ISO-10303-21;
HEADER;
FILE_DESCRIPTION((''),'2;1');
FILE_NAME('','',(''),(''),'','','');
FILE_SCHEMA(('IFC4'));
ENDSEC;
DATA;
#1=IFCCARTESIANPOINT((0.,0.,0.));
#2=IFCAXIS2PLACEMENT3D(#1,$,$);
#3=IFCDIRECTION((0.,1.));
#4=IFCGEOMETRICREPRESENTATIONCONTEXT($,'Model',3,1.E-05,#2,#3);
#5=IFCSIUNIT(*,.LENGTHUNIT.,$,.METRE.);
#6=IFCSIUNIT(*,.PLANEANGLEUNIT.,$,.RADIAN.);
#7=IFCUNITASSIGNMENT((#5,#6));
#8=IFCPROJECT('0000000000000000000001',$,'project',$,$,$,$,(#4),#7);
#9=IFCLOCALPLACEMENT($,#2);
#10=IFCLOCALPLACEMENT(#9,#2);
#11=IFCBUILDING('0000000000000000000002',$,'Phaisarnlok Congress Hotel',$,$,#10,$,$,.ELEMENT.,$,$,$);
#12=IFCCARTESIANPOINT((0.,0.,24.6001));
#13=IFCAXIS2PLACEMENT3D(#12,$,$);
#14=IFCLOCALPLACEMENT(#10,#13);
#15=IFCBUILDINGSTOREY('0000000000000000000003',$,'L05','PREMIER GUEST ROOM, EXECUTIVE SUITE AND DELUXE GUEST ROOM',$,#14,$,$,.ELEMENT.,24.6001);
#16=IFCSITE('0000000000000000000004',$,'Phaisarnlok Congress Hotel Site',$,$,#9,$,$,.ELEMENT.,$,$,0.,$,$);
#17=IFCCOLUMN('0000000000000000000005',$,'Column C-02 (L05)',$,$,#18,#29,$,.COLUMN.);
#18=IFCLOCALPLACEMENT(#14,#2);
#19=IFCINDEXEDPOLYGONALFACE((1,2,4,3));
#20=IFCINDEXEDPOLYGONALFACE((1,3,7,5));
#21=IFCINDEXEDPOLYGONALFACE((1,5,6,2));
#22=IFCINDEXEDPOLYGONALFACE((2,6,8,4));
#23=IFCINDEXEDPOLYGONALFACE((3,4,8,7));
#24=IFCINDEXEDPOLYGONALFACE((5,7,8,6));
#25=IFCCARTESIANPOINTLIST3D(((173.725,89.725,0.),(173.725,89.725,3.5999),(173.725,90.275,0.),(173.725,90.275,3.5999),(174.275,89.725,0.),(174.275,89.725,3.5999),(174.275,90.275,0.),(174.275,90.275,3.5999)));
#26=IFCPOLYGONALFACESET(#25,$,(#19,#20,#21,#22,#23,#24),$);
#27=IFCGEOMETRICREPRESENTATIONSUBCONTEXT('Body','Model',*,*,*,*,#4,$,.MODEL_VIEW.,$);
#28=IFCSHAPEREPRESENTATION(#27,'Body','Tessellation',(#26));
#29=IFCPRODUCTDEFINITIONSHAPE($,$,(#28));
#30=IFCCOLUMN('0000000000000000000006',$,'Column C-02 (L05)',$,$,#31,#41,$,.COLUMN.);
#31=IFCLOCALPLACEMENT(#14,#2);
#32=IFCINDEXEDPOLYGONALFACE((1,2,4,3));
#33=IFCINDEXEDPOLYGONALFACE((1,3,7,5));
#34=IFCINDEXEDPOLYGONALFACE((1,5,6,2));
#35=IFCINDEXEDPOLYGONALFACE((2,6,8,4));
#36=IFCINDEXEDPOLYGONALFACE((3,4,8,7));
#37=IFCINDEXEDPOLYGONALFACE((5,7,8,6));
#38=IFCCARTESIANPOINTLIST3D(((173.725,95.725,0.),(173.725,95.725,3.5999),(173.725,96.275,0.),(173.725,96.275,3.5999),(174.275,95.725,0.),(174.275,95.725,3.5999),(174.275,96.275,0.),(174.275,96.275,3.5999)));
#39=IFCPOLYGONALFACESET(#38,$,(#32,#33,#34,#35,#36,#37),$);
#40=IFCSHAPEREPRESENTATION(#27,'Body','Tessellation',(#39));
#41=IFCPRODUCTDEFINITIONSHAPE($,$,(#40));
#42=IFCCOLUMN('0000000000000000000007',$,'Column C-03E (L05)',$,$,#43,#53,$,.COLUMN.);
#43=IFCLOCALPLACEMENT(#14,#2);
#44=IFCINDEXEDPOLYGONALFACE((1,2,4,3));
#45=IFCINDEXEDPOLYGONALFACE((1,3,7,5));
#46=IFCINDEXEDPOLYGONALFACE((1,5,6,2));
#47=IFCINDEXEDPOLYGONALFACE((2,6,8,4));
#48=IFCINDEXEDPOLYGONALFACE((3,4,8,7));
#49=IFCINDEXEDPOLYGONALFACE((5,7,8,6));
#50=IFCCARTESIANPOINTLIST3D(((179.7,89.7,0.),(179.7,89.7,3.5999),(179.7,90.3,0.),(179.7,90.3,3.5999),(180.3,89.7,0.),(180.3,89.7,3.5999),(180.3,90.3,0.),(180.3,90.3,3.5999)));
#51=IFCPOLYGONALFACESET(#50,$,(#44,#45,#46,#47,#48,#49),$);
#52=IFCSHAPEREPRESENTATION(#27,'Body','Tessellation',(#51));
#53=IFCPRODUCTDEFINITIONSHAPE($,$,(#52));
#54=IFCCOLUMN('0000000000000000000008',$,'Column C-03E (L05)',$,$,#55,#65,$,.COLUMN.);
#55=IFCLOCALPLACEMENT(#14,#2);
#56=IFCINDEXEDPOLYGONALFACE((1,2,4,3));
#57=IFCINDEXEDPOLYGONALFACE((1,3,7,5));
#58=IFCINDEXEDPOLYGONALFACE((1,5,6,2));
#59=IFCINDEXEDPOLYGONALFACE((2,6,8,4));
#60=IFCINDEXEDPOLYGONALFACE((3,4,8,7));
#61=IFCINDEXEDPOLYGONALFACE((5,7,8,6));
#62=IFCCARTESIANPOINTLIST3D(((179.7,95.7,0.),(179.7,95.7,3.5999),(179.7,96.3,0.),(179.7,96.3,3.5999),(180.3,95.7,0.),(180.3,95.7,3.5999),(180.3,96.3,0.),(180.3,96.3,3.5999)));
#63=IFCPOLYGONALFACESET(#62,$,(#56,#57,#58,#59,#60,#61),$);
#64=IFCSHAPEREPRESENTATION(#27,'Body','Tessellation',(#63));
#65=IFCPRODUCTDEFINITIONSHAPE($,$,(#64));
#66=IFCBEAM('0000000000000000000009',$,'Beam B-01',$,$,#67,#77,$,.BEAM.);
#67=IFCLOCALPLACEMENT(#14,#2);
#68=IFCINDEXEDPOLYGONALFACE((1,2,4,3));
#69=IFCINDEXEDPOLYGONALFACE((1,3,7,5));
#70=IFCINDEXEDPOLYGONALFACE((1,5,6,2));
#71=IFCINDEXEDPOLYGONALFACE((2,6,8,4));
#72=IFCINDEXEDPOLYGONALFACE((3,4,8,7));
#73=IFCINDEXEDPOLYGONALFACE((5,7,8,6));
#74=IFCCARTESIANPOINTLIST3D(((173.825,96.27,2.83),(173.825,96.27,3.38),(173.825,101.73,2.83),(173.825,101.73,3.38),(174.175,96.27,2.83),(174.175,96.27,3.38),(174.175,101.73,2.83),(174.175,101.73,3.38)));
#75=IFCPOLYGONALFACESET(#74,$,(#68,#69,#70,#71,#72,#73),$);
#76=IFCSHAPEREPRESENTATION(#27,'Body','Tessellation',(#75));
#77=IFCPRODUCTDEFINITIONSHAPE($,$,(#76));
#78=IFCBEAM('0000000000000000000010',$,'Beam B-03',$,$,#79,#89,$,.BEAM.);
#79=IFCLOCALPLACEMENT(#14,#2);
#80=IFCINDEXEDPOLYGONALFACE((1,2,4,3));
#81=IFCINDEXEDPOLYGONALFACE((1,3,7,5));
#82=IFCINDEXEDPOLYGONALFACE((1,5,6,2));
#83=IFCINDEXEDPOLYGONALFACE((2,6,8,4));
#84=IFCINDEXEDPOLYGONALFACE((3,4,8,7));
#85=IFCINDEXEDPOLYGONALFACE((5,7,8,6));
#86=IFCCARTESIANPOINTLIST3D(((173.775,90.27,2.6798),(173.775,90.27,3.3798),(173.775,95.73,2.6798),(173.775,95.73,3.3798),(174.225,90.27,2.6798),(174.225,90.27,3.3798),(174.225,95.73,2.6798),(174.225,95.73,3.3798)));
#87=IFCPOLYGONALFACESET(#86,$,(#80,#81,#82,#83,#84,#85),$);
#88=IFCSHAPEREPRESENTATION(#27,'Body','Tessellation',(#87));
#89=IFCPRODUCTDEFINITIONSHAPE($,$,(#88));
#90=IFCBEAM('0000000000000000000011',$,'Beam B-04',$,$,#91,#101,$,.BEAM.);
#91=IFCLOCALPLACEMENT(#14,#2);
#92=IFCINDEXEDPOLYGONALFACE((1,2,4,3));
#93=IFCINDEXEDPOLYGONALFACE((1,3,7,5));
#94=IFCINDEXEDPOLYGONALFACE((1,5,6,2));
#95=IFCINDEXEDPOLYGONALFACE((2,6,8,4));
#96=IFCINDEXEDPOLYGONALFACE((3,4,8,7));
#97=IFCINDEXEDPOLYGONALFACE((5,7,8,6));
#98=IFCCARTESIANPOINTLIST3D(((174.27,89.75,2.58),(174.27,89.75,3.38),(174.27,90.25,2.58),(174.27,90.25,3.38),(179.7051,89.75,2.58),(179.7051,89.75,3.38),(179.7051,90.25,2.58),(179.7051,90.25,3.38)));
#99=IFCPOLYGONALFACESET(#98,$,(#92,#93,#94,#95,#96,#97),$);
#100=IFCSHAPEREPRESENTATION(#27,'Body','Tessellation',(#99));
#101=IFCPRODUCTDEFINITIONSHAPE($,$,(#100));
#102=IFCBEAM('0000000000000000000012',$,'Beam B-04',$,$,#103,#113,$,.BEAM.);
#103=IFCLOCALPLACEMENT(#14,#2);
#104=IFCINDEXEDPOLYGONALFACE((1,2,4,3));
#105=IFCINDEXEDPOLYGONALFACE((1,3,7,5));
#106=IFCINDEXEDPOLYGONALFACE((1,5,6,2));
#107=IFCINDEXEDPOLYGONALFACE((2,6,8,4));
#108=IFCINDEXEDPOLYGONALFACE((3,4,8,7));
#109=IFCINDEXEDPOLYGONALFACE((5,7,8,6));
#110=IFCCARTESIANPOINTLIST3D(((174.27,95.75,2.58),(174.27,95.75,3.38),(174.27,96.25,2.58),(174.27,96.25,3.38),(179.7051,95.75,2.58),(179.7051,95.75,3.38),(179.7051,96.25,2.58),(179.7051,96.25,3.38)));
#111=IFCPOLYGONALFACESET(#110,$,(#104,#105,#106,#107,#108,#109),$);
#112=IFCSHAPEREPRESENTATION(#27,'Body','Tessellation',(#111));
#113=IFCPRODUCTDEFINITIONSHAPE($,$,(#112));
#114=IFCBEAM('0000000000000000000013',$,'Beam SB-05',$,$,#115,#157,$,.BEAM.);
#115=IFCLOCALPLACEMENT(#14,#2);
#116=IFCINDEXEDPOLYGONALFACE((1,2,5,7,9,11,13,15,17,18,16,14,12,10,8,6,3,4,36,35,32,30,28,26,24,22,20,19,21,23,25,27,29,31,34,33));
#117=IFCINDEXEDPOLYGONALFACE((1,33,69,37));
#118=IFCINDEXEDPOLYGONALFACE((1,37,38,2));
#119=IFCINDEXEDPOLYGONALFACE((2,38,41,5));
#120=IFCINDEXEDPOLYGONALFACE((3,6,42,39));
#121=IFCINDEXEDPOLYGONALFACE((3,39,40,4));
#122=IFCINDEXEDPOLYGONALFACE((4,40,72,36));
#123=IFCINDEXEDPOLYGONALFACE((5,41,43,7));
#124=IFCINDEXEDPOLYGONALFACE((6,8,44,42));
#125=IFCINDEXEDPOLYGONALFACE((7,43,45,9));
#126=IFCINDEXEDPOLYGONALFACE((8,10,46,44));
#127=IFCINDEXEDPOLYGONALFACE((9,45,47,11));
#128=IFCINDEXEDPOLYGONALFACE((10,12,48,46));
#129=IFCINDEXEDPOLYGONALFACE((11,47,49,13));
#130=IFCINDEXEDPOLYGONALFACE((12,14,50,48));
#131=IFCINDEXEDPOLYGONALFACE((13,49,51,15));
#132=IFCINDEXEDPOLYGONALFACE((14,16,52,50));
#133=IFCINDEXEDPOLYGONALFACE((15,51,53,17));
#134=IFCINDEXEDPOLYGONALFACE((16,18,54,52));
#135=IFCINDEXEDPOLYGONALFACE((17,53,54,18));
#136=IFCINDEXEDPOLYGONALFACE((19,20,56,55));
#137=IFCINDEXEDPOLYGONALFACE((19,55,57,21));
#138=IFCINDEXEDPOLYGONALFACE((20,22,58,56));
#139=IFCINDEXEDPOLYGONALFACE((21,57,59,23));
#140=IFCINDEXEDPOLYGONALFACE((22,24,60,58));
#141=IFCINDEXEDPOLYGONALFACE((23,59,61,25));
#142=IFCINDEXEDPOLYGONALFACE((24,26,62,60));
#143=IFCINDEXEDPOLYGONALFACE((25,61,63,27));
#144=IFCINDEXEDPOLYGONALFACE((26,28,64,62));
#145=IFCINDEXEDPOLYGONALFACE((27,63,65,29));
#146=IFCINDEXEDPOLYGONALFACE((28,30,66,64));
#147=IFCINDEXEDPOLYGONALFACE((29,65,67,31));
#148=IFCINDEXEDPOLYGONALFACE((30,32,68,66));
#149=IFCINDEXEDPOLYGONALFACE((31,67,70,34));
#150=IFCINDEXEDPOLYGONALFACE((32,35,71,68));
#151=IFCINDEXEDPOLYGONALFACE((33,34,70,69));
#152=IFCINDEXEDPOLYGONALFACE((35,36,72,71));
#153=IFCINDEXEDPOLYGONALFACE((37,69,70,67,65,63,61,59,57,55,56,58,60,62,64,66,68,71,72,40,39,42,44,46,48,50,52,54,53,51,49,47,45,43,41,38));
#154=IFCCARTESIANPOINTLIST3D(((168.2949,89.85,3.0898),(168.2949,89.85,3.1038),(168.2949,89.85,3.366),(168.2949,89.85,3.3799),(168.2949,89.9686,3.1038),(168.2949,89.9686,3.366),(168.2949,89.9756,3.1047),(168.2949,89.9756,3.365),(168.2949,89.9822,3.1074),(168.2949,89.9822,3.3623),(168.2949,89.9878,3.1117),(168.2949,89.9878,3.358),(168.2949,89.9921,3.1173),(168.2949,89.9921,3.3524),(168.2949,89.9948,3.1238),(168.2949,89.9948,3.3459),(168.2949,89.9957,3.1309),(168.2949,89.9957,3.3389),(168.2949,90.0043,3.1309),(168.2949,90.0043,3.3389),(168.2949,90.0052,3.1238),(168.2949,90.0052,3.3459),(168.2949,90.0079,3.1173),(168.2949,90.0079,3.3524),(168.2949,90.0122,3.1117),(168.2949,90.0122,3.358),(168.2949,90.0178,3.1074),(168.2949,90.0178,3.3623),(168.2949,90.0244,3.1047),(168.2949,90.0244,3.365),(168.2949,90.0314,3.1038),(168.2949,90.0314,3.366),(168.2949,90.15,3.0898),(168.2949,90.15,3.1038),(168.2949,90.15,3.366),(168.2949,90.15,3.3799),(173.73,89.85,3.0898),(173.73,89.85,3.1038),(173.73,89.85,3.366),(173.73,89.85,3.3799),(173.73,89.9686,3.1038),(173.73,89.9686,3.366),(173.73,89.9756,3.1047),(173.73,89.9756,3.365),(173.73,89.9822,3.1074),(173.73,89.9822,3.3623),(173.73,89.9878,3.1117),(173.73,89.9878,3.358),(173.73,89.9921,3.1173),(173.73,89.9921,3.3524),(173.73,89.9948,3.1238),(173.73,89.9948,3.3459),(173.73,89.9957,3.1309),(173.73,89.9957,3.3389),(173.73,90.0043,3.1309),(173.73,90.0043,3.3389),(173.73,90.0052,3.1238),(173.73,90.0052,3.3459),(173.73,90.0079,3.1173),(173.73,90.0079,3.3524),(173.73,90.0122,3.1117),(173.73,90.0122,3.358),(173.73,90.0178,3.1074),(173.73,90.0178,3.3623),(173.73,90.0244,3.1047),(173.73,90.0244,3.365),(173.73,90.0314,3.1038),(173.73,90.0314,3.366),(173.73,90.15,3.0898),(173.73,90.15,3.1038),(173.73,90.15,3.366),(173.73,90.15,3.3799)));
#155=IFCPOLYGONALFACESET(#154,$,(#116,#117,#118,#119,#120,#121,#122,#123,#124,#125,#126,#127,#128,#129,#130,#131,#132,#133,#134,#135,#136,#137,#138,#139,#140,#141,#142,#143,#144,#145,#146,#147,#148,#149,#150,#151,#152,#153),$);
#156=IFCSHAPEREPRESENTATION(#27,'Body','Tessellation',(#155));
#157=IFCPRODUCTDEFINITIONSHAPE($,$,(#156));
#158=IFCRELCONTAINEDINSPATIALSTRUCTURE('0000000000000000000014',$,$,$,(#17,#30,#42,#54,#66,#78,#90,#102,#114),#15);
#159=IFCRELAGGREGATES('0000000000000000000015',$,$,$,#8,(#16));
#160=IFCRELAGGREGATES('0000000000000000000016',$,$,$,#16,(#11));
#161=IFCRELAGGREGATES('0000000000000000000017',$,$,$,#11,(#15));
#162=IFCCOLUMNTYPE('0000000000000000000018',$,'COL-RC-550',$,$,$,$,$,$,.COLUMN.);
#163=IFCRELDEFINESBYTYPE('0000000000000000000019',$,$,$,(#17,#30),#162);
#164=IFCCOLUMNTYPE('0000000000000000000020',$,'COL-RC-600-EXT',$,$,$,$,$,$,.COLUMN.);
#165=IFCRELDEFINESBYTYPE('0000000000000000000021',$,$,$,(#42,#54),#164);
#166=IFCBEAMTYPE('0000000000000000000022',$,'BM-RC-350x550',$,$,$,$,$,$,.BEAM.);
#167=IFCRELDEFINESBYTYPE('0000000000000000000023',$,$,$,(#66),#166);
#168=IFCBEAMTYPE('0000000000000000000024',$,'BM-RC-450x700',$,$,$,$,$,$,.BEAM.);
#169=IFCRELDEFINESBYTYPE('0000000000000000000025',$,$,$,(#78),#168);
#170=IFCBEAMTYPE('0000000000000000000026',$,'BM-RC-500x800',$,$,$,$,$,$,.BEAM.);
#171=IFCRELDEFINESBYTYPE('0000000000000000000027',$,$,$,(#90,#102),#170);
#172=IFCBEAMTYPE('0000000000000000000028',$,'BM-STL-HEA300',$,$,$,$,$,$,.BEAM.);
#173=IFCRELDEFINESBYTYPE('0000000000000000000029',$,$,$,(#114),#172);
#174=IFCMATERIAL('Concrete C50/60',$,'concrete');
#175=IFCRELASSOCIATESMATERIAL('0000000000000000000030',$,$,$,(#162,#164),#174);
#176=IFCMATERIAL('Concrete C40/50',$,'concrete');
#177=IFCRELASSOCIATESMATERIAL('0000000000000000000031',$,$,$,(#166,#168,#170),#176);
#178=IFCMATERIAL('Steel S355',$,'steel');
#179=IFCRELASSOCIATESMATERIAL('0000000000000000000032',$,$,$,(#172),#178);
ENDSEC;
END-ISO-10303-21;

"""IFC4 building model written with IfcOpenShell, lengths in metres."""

from ifc_helpers import new_model, si_unit, direction, frame, origin, origin_2d, place, context, subcontext, project, spatial, rectangle, i_section, extrude, material, material_profile, profile_set, type_object, element, save


model = new_model("IFC4")

# Units and contexts
model_context = context("Model", 3, precision=1e-05, world=origin(), true_north=direction((0.0, 1.0)))
body_context = subcontext(model_context, "Body", "Model", "MODEL_VIEW")
ifc_project = project(units=[si_unit("LENGTHUNIT", "METRE"), si_unit("PLANEANGLEUNIT", "RADIAN")], contexts=[model_context])

# Site, building, storey
site_placement = place(None, origin())
site = spatial("IfcSite", under=ifc_project, at=site_placement, Name="Phaisarnlok Congress Hotel Site", CompositionType="ELEMENT", RefElevation=0.0)
building_placement = place(site_placement, origin())
building = spatial("IfcBuilding", under=site, at=building_placement, Name="Phaisarnlok Congress Hotel", CompositionType="ELEMENT")
storey_placement = place(building_placement, frame((0.0, 0.0, 24.6001)))
storey = spatial("IfcBuildingStorey", under=building, at=storey_placement, Name="L05", Description="PREMIER GUEST ROOM, EXECUTIVE SUITE AND DELUXE GUEST ROOM", CompositionType="ELEMENT", Elevation=24.6001)

# Columns
ifc_material_1 = material(Name="Concrete C50/60", Category="concrete")
ifc_material_profile_1 = material_profile(ifc_material_1, rectangle(XDim=0.55, YDim=0.55, at=origin_2d()), Name="RC 550x550")
ifc_profile_set_1 = profile_set([ifc_material_profile_1], Name="Concrete C50/60")
column_type_1 = type_object("IfcColumnType", Name="COL-RC-550", PredefinedType="COLUMN", material=ifc_profile_set_1)
for number, where, z_axis, x_axis, name in (
    (1, (174.0, 90.0, 0.0), (0.0, 0.0, 1.0), (1.0, 0.0, 0.0), "Column C-02 (L05)"),
    (2, (174.0, 96.0, 0.0), (0.0, 0.0, 1.0), (1.0, 0.0, 0.0), "Column C-02 (L05)"),
):
    element("IfcColumn", number, at=place(storey_placement, frame(where, z_axis=z_axis, x_axis=x_axis)), inside=storey, type_object=column_type_1, Name=name, PredefinedType="COLUMN", context=body_context, shape_type="SweptSolid", body=[
        extrude(rectangle(XDim=0.55, YDim=0.55, at=origin_2d()), origin(), (0.0, 0.0, 1.0), 3.5999),
    ])
ifc_material_profile_2 = material_profile(ifc_material_1, rectangle(XDim=0.6001, YDim=0.6001, at=origin_2d()), Name="RC 600x600")
ifc_profile_set_2 = profile_set([ifc_material_profile_2], Name="Concrete C50/60")
column_type_2 = type_object("IfcColumnType", Name="COL-RC-600-EXT", PredefinedType="COLUMN", material=ifc_profile_set_2)
for number, where, z_axis, x_axis, name in (
    (3, (180.0, 90.0, 0.0), (0.0, 0.0, 1.0), (1.0, 0.0, 0.0), "Column C-03E (L05)"),
    (4, (180.0, 96.0, 0.0), (0.0, 0.0, 1.0), (1.0, 0.0, 0.0), "Column C-03E (L05)"),
):
    element("IfcColumn", number, at=place(storey_placement, frame(where, z_axis=z_axis, x_axis=x_axis)), inside=storey, type_object=column_type_2, Name=name, PredefinedType="COLUMN", context=body_context, shape_type="SweptSolid", body=[
        extrude(rectangle(XDim=0.6001, YDim=0.6001, at=origin_2d()), origin(), (0.0, 0.0, 1.0), 3.5999),
    ])

# Beams
ifc_material_2 = material(Name="Concrete C40/50", Category="concrete")
ifc_material_profile_3 = material_profile(ifc_material_2, rectangle(XDim=0.3501, YDim=0.55, at=origin_2d()), Name="RC 350x550")
ifc_profile_set_3 = profile_set([ifc_material_profile_3], Name="Concrete C40/50")
beam_type_1 = type_object("IfcBeamType", Name="BM-RC-350x550", PredefinedType="BEAM", material=ifc_profile_set_3)
beam_1_placement = place(storey_placement, frame((174.0, 96.27, 3.105), z_axis=(0.0, 1.0, 0.0), x_axis=(-1.0, 0.0, 0.0)))
element("IfcBeam", 5, at=beam_1_placement, inside=storey, type_object=beam_type_1, Name="Beam B-01", PredefinedType="BEAM", context=body_context, shape_type="SweptSolid", body=[
    extrude(rectangle(XDim=0.3501, YDim=0.55, at=origin_2d()), origin(), (0.0, 0.0, 1.0), 5.46),
])
ifc_material_profile_4 = material_profile(ifc_material_2, rectangle(XDim=0.45, YDim=0.7, at=origin_2d()), Name="RC 450x700")
ifc_profile_set_4 = profile_set([ifc_material_profile_4], Name="Concrete C40/50")
beam_type_2 = type_object("IfcBeamType", Name="BM-RC-450x700", PredefinedType="BEAM", material=ifc_profile_set_4)
beam_2_placement = place(storey_placement, frame((174.0, 90.27, 3.0298), z_axis=(0.0, 1.0, 0.0), x_axis=(-1.0, 0.0, 0.0)))
element("IfcBeam", 6, at=beam_2_placement, inside=storey, type_object=beam_type_2, Name="Beam B-03", PredefinedType="BEAM", context=body_context, shape_type="SweptSolid", body=[
    extrude(rectangle(XDim=0.45, YDim=0.7, at=origin_2d()), origin(), (0.0, 0.0, 1.0), 5.46),
])
ifc_material_profile_5 = material_profile(ifc_material_2, rectangle(XDim=0.5, YDim=0.8, at=origin_2d()), Name="RC 500x800")
ifc_profile_set_5 = profile_set([ifc_material_profile_5], Name="Concrete C40/50")
beam_type_3 = type_object("IfcBeamType", Name="BM-RC-500x800", PredefinedType="BEAM", material=ifc_profile_set_5)
for number, where, z_axis, x_axis, name in (
    (7, (174.27, 90.0, 2.98), (1.0, 0.0, 0.0), (0.0, 1.0, 0.0), "Beam B-04"),
    (8, (174.27, 96.0, 2.98), (1.0, 0.0, 0.0), (0.0, 1.0, 0.0), "Beam B-04"),
):
    element("IfcBeam", number, at=place(storey_placement, frame(where, z_axis=z_axis, x_axis=x_axis)), inside=storey, type_object=beam_type_3, Name=name, PredefinedType="BEAM", context=body_context, shape_type="SweptSolid", body=[
        extrude(rectangle(XDim=0.5, YDim=0.8, at=origin_2d()), origin(), (0.0, 0.0, 1.0), 5.4351),
    ])
ifc_material_3 = material(Name="Steel S355", Category="steel")
ifc_material_profile_6 = material_profile(ifc_material_3, i_section(OverallWidth=0.3, OverallDepth=0.29, WebThickness=0.0085, FlangeThickness=0.0139, FilletRadius=0.0271, at=origin_2d()), Name="HEA 300")
ifc_profile_set_6 = profile_set([ifc_material_profile_6], Name="Steel S355")
beam_type_4 = type_object("IfcBeamType", Name="BM-STL-HEA300", PredefinedType="BEAM", material=ifc_profile_set_6)
for number, where, z_axis, x_axis, name in (
    (9, (168.2949, 90.0, 3.2349), (1.0, 0.0, 0.0), (0.0, 1.0, 0.0), "Beam SB-05"),
):
    element("IfcBeam", number, at=place(storey_placement, frame(where, z_axis=z_axis, x_axis=x_axis)), inside=storey, type_object=beam_type_4, Name=name, PredefinedType="BEAM", context=body_context, shape_type="SweptSolid", body=[
        extrude(i_section(OverallWidth=0.3, OverallDepth=0.29, WebThickness=0.0085, FlangeThickness=0.0139, FilletRadius=0.0271, at=origin_2d()), origin(), (0.0, 0.0, 1.0), 5.4351),
    ])

save(model, "model.ifc")
